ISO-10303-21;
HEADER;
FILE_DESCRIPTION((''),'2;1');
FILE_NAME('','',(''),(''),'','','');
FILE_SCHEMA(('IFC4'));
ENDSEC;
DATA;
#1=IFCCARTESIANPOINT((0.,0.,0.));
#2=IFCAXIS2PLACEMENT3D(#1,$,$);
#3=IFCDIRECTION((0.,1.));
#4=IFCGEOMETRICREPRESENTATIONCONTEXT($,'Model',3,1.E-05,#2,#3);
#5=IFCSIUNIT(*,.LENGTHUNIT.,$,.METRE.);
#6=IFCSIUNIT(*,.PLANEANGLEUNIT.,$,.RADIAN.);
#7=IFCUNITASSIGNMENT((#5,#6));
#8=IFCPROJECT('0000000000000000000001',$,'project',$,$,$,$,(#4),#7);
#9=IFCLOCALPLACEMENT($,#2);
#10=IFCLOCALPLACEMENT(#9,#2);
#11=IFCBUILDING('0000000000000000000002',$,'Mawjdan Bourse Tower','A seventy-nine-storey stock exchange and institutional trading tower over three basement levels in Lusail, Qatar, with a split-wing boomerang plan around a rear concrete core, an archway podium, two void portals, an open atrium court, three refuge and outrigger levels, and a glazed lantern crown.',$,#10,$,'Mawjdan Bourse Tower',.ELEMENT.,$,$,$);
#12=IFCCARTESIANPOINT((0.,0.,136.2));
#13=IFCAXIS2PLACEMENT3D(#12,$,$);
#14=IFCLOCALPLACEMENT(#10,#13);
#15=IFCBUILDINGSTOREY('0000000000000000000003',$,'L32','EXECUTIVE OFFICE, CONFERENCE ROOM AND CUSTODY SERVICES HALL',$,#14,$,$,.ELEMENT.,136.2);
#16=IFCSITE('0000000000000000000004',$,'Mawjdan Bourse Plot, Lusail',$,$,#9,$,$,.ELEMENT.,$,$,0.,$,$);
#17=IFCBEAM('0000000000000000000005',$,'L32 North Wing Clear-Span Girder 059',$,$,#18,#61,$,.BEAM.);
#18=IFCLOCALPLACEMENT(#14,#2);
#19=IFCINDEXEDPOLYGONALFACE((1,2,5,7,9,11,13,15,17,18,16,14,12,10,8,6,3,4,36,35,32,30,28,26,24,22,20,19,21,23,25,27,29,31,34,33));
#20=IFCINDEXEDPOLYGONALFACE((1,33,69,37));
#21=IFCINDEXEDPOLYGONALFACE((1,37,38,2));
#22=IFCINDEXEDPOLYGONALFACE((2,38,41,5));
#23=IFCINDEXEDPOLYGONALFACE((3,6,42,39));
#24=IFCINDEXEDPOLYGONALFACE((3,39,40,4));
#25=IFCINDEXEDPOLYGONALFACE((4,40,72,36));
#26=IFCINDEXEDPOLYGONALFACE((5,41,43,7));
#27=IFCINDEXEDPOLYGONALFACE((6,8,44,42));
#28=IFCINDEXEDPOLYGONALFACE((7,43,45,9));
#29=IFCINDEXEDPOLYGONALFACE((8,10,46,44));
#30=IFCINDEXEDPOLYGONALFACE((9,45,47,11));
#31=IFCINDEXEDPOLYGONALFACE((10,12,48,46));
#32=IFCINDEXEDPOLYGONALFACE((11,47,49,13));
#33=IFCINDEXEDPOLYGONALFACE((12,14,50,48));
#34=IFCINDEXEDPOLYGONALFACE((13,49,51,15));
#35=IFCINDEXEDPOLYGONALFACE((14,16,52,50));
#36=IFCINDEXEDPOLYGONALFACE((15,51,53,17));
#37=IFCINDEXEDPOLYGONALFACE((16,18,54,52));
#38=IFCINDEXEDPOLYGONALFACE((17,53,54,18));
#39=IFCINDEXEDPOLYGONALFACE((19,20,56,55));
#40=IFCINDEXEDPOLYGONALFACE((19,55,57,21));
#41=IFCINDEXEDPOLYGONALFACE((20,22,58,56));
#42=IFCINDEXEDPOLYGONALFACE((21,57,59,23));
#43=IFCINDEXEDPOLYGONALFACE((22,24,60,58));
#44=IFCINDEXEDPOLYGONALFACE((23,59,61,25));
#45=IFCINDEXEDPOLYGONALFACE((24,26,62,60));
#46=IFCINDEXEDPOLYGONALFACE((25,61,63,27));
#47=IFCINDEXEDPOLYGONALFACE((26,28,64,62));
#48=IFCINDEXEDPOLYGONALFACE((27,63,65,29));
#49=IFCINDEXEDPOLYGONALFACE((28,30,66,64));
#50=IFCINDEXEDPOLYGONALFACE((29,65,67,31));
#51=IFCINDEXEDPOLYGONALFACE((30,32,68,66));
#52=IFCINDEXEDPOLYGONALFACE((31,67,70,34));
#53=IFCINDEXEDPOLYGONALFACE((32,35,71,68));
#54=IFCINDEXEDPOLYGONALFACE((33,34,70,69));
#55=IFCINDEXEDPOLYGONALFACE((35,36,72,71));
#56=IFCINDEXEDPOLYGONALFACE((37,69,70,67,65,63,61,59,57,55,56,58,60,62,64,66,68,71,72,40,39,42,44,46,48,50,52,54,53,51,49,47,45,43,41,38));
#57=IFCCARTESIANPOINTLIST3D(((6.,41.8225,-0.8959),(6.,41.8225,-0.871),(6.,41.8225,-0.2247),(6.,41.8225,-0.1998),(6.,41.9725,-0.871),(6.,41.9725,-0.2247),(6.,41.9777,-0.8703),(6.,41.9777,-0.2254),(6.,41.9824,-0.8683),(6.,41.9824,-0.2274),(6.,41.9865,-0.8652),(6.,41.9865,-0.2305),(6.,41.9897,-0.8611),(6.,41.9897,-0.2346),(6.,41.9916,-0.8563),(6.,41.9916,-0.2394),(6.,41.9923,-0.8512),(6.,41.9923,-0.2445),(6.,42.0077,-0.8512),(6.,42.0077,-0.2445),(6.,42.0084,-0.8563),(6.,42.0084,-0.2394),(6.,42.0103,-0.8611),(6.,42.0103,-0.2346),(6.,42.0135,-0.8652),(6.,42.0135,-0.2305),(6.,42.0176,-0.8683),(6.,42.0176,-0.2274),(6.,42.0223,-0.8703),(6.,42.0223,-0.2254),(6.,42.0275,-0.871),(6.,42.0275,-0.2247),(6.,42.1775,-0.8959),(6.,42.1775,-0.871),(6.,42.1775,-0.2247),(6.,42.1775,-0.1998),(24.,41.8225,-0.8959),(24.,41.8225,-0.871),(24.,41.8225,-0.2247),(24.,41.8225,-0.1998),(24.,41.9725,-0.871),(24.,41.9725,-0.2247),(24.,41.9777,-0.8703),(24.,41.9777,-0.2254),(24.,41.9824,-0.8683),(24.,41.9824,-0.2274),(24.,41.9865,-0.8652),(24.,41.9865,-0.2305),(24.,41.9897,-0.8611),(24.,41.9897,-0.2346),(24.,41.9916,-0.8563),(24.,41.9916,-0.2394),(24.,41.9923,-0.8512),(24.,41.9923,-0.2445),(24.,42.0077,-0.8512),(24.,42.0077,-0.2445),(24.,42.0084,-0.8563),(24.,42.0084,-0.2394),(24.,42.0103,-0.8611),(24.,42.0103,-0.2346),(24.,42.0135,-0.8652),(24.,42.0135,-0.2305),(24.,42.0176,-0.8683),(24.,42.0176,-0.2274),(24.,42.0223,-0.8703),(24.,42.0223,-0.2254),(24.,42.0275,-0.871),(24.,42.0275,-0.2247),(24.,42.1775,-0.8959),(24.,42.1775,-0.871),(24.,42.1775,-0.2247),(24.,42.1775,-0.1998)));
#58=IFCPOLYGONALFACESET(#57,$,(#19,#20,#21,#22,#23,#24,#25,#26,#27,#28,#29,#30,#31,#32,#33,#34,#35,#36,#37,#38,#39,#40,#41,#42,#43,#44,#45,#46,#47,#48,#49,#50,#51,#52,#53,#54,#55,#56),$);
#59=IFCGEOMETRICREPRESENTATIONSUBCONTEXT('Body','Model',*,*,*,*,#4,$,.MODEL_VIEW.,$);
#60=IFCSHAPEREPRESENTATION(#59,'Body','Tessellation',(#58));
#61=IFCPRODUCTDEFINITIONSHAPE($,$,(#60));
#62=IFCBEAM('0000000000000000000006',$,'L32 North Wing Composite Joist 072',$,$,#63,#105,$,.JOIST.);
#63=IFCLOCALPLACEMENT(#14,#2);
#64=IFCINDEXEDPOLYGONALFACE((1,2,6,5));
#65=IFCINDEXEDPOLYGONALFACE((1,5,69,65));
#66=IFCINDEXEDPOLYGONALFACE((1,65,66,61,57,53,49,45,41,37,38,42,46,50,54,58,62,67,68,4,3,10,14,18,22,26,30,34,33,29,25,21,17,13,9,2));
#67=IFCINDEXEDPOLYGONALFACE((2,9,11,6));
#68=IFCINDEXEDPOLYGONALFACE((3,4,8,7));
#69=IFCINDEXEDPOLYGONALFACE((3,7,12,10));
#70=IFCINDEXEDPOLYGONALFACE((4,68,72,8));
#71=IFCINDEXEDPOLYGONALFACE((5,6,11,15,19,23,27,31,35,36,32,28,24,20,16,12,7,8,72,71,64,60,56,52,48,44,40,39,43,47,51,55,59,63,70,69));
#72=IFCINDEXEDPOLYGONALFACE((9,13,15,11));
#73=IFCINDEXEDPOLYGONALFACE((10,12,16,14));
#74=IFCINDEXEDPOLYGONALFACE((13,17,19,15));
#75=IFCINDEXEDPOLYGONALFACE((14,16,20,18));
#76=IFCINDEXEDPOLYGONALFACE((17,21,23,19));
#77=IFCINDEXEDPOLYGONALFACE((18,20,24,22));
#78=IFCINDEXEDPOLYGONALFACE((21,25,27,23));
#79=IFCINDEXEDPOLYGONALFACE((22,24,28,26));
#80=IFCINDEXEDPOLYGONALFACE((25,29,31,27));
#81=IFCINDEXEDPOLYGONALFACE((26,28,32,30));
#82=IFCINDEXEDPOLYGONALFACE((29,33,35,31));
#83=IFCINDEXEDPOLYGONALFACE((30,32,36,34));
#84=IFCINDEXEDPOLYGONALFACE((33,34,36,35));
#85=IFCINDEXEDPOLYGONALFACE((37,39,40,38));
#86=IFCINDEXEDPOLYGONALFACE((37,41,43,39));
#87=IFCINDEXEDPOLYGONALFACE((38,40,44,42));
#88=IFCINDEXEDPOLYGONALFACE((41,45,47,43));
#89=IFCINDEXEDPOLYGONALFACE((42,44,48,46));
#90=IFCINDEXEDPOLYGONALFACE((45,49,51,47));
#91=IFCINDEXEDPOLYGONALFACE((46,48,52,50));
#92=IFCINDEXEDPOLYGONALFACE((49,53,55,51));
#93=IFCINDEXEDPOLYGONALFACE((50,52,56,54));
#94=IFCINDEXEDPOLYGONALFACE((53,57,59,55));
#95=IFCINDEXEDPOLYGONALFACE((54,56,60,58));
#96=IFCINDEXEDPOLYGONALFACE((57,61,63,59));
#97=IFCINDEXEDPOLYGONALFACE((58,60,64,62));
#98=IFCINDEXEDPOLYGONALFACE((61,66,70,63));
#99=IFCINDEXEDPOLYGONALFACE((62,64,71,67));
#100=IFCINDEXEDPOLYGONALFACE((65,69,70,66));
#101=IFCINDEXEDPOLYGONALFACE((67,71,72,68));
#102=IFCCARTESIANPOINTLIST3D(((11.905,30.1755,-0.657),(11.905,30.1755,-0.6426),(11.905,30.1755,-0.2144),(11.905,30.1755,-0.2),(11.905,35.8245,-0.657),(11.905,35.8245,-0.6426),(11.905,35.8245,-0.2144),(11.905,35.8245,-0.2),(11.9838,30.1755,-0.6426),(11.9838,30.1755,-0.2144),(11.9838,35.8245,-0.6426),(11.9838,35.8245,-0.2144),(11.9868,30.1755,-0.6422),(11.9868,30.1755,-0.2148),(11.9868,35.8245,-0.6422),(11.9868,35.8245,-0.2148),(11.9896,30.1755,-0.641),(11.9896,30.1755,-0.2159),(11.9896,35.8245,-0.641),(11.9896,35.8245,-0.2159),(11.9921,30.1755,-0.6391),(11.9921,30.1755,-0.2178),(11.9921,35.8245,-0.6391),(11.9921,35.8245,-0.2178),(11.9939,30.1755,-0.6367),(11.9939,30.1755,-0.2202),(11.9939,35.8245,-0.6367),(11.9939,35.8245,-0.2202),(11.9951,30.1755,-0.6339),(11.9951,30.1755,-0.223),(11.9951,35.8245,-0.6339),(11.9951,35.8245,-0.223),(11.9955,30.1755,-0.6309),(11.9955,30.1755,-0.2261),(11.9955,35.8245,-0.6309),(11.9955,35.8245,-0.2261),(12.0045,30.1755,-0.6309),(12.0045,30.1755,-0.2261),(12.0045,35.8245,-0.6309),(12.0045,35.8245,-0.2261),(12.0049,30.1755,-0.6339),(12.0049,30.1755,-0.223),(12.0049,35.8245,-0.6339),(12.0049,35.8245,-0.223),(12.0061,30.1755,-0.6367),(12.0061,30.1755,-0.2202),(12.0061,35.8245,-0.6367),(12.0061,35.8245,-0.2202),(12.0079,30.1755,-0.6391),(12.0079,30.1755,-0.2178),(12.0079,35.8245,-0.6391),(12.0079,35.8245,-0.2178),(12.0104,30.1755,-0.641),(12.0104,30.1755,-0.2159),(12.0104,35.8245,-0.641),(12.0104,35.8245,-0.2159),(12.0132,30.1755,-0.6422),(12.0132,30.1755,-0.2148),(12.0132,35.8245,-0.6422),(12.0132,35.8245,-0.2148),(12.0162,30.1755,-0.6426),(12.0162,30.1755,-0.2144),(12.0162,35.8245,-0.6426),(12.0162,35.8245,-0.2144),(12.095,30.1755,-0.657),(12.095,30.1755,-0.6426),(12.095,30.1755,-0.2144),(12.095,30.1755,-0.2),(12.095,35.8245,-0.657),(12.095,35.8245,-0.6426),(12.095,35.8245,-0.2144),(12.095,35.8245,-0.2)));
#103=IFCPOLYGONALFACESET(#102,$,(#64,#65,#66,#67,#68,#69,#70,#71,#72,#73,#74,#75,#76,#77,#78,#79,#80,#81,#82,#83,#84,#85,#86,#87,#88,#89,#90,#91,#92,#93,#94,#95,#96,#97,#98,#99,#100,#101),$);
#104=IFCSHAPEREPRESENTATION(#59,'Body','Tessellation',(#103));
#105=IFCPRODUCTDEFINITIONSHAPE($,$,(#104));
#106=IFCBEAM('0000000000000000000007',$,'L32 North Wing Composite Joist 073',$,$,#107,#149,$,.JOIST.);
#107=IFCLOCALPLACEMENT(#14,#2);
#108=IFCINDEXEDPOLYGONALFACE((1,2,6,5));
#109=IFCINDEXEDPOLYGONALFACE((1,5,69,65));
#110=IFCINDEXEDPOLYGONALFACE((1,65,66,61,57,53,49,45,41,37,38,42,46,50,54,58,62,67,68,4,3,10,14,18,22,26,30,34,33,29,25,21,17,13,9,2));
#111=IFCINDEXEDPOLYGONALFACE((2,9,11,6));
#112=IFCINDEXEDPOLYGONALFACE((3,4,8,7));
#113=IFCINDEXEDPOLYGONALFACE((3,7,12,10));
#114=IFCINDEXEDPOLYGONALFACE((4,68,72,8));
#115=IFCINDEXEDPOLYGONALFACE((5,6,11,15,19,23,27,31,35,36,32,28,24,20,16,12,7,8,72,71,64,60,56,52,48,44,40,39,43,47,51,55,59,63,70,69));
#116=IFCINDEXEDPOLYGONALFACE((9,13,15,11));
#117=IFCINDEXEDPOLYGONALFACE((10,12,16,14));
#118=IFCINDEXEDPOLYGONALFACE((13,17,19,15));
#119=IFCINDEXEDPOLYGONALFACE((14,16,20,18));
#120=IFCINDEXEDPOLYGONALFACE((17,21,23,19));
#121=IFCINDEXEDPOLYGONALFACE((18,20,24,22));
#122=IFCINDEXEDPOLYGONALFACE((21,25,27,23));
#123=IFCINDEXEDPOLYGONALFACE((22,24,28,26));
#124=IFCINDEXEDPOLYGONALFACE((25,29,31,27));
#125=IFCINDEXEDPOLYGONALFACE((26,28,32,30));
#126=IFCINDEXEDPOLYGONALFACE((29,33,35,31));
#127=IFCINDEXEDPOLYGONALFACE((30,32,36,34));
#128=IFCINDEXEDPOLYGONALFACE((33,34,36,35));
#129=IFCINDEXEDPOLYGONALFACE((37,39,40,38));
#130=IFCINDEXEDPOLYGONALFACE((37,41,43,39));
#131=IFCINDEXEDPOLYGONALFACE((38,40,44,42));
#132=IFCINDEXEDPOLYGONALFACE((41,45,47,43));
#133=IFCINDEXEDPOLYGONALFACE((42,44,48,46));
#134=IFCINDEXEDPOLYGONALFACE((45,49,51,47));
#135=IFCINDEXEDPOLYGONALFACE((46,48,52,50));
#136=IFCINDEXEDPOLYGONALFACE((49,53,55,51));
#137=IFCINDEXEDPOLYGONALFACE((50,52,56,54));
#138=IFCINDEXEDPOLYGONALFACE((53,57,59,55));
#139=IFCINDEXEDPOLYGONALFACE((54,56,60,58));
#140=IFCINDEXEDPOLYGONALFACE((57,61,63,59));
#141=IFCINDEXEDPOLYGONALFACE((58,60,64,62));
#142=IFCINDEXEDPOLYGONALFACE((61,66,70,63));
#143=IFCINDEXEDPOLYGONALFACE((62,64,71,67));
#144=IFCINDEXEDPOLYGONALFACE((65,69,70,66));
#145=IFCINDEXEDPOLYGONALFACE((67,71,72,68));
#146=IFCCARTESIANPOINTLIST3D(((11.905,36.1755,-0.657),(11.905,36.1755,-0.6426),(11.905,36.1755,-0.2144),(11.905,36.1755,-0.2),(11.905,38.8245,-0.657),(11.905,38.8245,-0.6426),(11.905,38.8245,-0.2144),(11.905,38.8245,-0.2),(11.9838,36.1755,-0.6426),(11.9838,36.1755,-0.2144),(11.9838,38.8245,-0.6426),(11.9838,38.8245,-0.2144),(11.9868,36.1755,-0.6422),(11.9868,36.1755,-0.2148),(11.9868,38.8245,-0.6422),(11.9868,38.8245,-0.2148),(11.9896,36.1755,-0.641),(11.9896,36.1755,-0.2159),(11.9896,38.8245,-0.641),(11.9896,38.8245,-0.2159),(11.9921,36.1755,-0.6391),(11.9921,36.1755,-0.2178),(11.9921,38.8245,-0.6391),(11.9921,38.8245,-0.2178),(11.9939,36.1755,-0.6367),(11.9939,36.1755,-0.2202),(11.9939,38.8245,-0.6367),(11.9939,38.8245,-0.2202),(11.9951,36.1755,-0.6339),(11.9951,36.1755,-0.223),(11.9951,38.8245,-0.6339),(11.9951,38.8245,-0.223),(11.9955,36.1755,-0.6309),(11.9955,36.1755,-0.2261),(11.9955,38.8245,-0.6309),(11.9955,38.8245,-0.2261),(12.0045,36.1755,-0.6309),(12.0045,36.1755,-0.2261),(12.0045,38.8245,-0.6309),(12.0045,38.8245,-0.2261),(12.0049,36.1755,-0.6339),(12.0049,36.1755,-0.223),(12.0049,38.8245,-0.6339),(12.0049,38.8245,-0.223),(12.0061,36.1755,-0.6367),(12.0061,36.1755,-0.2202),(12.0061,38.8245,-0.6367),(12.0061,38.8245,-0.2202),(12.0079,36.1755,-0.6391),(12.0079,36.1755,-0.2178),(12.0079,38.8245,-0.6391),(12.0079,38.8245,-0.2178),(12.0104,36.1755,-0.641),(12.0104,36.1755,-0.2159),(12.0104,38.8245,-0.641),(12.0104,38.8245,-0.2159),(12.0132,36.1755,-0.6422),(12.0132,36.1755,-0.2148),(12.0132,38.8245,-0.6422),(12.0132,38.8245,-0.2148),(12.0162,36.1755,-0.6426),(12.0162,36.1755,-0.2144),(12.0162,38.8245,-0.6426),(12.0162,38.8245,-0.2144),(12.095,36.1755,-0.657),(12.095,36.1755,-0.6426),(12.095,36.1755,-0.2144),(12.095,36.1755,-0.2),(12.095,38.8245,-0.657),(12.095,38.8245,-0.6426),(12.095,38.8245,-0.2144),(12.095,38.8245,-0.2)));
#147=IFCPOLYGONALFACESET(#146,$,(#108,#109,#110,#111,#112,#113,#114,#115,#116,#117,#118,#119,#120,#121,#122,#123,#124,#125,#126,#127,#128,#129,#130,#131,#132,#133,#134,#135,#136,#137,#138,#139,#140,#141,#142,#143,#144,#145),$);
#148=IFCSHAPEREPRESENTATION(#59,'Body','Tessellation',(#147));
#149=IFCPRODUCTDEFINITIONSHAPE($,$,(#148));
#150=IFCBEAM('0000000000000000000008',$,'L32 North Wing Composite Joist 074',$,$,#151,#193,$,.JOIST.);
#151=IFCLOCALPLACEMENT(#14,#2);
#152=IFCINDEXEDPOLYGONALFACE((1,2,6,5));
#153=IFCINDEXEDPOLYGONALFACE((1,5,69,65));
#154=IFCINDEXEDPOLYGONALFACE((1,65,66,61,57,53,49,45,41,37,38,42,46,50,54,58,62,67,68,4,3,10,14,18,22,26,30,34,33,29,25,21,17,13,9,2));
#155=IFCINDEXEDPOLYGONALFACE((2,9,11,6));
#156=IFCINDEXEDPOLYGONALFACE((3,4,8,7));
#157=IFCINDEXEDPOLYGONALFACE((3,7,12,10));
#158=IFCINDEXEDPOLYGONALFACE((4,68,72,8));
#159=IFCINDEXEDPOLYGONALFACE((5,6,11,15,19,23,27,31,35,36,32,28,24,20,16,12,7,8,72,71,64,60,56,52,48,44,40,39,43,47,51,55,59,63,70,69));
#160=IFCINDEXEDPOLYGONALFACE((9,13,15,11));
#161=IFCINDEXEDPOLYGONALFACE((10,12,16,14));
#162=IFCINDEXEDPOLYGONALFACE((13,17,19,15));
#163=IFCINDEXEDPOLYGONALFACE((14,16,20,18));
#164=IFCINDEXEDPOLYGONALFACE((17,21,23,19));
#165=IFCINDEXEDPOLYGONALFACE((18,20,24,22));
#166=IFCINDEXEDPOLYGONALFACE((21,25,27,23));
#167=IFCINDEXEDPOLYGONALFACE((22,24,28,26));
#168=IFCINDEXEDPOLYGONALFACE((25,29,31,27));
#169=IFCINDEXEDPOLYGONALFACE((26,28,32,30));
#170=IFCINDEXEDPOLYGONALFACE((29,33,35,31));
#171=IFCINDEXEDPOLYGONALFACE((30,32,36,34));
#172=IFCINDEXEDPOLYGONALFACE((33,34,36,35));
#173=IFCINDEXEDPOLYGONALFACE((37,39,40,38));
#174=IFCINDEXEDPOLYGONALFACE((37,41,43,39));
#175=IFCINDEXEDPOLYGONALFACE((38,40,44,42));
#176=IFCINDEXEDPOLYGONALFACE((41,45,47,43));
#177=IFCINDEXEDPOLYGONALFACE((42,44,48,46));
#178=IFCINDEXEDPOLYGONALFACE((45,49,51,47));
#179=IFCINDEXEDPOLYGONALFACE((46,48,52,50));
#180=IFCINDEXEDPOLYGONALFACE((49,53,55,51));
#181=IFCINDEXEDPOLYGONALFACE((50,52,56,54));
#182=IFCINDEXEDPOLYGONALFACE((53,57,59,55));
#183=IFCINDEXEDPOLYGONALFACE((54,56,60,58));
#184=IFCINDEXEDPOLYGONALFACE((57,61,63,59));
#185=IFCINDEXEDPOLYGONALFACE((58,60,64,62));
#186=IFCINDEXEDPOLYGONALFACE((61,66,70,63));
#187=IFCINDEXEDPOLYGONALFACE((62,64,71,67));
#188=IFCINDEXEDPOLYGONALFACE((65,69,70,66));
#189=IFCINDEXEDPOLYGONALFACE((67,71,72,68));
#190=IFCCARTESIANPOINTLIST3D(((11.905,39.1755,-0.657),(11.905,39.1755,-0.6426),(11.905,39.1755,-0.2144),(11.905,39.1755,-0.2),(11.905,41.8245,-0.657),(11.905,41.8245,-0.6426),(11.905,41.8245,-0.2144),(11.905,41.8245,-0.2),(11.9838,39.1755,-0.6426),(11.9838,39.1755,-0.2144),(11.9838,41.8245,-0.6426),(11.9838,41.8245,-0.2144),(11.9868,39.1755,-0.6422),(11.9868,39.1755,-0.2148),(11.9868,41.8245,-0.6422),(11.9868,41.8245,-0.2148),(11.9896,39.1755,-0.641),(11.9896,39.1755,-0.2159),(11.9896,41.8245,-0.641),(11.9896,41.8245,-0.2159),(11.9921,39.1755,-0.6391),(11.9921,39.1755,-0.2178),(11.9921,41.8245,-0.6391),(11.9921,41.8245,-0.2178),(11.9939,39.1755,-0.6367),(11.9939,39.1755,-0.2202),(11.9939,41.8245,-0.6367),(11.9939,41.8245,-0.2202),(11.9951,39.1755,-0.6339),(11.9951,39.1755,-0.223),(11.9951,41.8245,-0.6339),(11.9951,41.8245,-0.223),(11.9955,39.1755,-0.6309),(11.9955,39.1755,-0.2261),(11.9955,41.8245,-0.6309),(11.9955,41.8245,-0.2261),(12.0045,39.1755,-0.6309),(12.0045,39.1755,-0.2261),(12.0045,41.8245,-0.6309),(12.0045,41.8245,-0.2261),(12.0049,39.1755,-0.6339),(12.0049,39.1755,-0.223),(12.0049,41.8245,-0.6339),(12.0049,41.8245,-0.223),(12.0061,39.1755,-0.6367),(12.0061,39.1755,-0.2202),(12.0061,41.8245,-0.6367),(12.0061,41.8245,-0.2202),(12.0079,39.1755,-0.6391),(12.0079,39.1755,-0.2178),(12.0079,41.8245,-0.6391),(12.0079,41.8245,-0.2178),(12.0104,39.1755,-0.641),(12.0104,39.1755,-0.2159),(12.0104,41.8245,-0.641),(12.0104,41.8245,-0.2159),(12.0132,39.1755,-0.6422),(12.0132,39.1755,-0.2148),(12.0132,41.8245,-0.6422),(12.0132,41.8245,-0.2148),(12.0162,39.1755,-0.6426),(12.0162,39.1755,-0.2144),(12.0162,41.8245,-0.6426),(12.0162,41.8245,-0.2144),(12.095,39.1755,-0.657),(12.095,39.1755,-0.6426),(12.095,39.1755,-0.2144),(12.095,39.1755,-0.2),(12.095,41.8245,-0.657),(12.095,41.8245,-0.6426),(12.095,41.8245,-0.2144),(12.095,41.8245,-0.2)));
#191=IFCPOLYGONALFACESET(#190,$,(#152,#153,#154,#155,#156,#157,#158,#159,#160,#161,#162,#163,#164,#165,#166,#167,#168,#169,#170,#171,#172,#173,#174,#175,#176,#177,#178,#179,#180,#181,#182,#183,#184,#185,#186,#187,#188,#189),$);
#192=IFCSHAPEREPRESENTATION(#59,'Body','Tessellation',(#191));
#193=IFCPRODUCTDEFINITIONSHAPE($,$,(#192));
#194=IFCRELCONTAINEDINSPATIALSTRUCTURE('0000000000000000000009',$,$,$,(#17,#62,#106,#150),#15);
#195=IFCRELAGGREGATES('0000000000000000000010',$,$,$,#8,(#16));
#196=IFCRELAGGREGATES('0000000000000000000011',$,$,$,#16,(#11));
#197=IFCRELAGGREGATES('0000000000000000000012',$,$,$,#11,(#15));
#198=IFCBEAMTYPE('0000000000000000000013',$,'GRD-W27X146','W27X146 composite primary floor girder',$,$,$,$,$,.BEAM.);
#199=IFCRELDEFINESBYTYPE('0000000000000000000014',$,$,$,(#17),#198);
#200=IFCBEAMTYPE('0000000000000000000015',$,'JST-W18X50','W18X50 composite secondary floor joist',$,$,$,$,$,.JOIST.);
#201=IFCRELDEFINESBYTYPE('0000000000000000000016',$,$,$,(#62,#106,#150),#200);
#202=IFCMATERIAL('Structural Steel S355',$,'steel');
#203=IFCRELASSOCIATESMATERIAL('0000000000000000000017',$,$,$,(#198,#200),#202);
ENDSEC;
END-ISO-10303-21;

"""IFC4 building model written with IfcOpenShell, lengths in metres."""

from ifc_helpers import new_model, si_unit, direction, frame, origin, origin_2d, place, context, subcontext, project, spatial, i_section, extrude, material, material_profile, profile_set, type_object, element, save


model = new_model("IFC4")

# Units and contexts
model_context = context("Model", 3, precision=1e-05, world=origin(), true_north=direction((0.0, 1.0)))
body_context = subcontext(model_context, "Body", "Model", "MODEL_VIEW")
ifc_project = project(units=[si_unit("LENGTHUNIT", "METRE"), si_unit("PLANEANGLEUNIT", "RADIAN")], contexts=[model_context])

# Site, building, storey
site_placement = place(None, origin())
site = spatial("IfcSite", under=ifc_project, at=site_placement, Name="Mawjdan Bourse Plot, Lusail", CompositionType="ELEMENT", RefElevation=0.0)
building_placement = place(site_placement, origin())
building = spatial("IfcBuilding", under=site, at=building_placement, Name="Mawjdan Bourse Tower", Description="A seventy-nine-storey stock exchange and institutional trading tower over three basement levels in Lusail, Qatar, with a split-wing boomerang plan around a rear concrete core, an archway podium, two void portals, an open atrium court, three refuge and outrigger levels, and a glazed lantern crown.", LongName="Mawjdan Bourse Tower", CompositionType="ELEMENT")
storey_placement = place(building_placement, frame((0.0, 0.0, 136.2)))
storey = spatial("IfcBuildingStorey", under=building, at=storey_placement, Name="L32", Description="EXECUTIVE OFFICE, CONFERENCE ROOM AND CUSTODY SERVICES HALL", CompositionType="ELEMENT", Elevation=136.2)

# Beams
ifc_material_1 = material(Name="Structural Steel S355", Category="steel")
ifc_material_profile_1 = material_profile(ifc_material_1, i_section(OverallWidth=0.355, OverallDepth=0.696, WebThickness=0.0154, FlangeThickness=0.0249, FilletRadius=0.0198, at=origin_2d()), Name="W27X146")
ifc_profile_set_1 = profile_set([ifc_material_profile_1], Name="Structural Steel S355")
beam_type_1 = type_object("IfcBeamType", Name="GRD-W27X146", Description="W27X146 composite primary floor girder", PredefinedType="BEAM", material=ifc_profile_set_1)
for number, where, z_axis, x_axis, name in (
    (1, (6.0, 42.0, -0.5479), (1.0, 0.0, 0.0), (0.0, 1.0, 0.0), "L32 North Wing Clear-Span Girder 059"),
):
    element("IfcBeam", number, at=place(storey_placement, frame(where, z_axis=z_axis, x_axis=x_axis)), inside=storey, type_object=beam_type_1, Name=name, PredefinedType="BEAM", context=body_context, shape_type="SweptSolid", body=[
        extrude(i_section(OverallWidth=0.355, OverallDepth=0.696, WebThickness=0.0154, FlangeThickness=0.0249, FilletRadius=0.0198, at=origin_2d()), origin(), (0.0, 0.0, 1.0), 18.0),
    ])
ifc_material_profile_2 = material_profile(ifc_material_1, i_section(OverallWidth=0.1899, OverallDepth=0.457, WebThickness=0.009, FlangeThickness=0.0144, FilletRadius=0.0117, at=origin_2d()), Name="W18X50")
ifc_profile_set_2 = profile_set([ifc_material_profile_2], Name="Structural Steel S355")
beam_type_2 = type_object("IfcBeamType", Name="JST-W18X50", Description="W18X50 composite secondary floor joist", PredefinedType="JOIST", material=ifc_profile_set_2)
beam_1_placement = place(storey_placement, frame((12.0, 30.1755, -0.4285), z_axis=(0.0, 1.0, 0.0), x_axis=(-1.0, 0.0, 0.0)))
element("IfcBeam", 2, at=beam_1_placement, inside=storey, type_object=beam_type_2, Name="L32 North Wing Composite Joist 072", PredefinedType="JOIST", context=body_context, shape_type="SweptSolid", body=[
    extrude(i_section(OverallWidth=0.1899, OverallDepth=0.457, WebThickness=0.009, FlangeThickness=0.0144, FilletRadius=0.0117, at=origin_2d()), origin(), (0.0, 0.0, 1.0), 5.6489),
])
for number, where, z_axis, x_axis, name in (
    (3, (12.0, 36.1755, -0.4285), (0.0, 1.0, 0.0), (-1.0, 0.0, 0.0), "L32 North Wing Composite Joist 073"),
    (4, (12.0, 39.1755, -0.4285), (0.0, 1.0, 0.0), (-1.0, 0.0, 0.0), "L32 North Wing Composite Joist 074"),
):
    element("IfcBeam", number, at=place(storey_placement, frame(where, z_axis=z_axis, x_axis=x_axis)), inside=storey, type_object=beam_type_2, Name=name, PredefinedType="JOIST", context=body_context, shape_type="SweptSolid", body=[
        extrude(i_section(OverallWidth=0.1899, OverallDepth=0.457, WebThickness=0.009, FlangeThickness=0.0144, FilletRadius=0.0117, at=origin_2d()), origin(), (0.0, 0.0, 1.0), 2.6489),
    ])

save(model, "model.ifc")
